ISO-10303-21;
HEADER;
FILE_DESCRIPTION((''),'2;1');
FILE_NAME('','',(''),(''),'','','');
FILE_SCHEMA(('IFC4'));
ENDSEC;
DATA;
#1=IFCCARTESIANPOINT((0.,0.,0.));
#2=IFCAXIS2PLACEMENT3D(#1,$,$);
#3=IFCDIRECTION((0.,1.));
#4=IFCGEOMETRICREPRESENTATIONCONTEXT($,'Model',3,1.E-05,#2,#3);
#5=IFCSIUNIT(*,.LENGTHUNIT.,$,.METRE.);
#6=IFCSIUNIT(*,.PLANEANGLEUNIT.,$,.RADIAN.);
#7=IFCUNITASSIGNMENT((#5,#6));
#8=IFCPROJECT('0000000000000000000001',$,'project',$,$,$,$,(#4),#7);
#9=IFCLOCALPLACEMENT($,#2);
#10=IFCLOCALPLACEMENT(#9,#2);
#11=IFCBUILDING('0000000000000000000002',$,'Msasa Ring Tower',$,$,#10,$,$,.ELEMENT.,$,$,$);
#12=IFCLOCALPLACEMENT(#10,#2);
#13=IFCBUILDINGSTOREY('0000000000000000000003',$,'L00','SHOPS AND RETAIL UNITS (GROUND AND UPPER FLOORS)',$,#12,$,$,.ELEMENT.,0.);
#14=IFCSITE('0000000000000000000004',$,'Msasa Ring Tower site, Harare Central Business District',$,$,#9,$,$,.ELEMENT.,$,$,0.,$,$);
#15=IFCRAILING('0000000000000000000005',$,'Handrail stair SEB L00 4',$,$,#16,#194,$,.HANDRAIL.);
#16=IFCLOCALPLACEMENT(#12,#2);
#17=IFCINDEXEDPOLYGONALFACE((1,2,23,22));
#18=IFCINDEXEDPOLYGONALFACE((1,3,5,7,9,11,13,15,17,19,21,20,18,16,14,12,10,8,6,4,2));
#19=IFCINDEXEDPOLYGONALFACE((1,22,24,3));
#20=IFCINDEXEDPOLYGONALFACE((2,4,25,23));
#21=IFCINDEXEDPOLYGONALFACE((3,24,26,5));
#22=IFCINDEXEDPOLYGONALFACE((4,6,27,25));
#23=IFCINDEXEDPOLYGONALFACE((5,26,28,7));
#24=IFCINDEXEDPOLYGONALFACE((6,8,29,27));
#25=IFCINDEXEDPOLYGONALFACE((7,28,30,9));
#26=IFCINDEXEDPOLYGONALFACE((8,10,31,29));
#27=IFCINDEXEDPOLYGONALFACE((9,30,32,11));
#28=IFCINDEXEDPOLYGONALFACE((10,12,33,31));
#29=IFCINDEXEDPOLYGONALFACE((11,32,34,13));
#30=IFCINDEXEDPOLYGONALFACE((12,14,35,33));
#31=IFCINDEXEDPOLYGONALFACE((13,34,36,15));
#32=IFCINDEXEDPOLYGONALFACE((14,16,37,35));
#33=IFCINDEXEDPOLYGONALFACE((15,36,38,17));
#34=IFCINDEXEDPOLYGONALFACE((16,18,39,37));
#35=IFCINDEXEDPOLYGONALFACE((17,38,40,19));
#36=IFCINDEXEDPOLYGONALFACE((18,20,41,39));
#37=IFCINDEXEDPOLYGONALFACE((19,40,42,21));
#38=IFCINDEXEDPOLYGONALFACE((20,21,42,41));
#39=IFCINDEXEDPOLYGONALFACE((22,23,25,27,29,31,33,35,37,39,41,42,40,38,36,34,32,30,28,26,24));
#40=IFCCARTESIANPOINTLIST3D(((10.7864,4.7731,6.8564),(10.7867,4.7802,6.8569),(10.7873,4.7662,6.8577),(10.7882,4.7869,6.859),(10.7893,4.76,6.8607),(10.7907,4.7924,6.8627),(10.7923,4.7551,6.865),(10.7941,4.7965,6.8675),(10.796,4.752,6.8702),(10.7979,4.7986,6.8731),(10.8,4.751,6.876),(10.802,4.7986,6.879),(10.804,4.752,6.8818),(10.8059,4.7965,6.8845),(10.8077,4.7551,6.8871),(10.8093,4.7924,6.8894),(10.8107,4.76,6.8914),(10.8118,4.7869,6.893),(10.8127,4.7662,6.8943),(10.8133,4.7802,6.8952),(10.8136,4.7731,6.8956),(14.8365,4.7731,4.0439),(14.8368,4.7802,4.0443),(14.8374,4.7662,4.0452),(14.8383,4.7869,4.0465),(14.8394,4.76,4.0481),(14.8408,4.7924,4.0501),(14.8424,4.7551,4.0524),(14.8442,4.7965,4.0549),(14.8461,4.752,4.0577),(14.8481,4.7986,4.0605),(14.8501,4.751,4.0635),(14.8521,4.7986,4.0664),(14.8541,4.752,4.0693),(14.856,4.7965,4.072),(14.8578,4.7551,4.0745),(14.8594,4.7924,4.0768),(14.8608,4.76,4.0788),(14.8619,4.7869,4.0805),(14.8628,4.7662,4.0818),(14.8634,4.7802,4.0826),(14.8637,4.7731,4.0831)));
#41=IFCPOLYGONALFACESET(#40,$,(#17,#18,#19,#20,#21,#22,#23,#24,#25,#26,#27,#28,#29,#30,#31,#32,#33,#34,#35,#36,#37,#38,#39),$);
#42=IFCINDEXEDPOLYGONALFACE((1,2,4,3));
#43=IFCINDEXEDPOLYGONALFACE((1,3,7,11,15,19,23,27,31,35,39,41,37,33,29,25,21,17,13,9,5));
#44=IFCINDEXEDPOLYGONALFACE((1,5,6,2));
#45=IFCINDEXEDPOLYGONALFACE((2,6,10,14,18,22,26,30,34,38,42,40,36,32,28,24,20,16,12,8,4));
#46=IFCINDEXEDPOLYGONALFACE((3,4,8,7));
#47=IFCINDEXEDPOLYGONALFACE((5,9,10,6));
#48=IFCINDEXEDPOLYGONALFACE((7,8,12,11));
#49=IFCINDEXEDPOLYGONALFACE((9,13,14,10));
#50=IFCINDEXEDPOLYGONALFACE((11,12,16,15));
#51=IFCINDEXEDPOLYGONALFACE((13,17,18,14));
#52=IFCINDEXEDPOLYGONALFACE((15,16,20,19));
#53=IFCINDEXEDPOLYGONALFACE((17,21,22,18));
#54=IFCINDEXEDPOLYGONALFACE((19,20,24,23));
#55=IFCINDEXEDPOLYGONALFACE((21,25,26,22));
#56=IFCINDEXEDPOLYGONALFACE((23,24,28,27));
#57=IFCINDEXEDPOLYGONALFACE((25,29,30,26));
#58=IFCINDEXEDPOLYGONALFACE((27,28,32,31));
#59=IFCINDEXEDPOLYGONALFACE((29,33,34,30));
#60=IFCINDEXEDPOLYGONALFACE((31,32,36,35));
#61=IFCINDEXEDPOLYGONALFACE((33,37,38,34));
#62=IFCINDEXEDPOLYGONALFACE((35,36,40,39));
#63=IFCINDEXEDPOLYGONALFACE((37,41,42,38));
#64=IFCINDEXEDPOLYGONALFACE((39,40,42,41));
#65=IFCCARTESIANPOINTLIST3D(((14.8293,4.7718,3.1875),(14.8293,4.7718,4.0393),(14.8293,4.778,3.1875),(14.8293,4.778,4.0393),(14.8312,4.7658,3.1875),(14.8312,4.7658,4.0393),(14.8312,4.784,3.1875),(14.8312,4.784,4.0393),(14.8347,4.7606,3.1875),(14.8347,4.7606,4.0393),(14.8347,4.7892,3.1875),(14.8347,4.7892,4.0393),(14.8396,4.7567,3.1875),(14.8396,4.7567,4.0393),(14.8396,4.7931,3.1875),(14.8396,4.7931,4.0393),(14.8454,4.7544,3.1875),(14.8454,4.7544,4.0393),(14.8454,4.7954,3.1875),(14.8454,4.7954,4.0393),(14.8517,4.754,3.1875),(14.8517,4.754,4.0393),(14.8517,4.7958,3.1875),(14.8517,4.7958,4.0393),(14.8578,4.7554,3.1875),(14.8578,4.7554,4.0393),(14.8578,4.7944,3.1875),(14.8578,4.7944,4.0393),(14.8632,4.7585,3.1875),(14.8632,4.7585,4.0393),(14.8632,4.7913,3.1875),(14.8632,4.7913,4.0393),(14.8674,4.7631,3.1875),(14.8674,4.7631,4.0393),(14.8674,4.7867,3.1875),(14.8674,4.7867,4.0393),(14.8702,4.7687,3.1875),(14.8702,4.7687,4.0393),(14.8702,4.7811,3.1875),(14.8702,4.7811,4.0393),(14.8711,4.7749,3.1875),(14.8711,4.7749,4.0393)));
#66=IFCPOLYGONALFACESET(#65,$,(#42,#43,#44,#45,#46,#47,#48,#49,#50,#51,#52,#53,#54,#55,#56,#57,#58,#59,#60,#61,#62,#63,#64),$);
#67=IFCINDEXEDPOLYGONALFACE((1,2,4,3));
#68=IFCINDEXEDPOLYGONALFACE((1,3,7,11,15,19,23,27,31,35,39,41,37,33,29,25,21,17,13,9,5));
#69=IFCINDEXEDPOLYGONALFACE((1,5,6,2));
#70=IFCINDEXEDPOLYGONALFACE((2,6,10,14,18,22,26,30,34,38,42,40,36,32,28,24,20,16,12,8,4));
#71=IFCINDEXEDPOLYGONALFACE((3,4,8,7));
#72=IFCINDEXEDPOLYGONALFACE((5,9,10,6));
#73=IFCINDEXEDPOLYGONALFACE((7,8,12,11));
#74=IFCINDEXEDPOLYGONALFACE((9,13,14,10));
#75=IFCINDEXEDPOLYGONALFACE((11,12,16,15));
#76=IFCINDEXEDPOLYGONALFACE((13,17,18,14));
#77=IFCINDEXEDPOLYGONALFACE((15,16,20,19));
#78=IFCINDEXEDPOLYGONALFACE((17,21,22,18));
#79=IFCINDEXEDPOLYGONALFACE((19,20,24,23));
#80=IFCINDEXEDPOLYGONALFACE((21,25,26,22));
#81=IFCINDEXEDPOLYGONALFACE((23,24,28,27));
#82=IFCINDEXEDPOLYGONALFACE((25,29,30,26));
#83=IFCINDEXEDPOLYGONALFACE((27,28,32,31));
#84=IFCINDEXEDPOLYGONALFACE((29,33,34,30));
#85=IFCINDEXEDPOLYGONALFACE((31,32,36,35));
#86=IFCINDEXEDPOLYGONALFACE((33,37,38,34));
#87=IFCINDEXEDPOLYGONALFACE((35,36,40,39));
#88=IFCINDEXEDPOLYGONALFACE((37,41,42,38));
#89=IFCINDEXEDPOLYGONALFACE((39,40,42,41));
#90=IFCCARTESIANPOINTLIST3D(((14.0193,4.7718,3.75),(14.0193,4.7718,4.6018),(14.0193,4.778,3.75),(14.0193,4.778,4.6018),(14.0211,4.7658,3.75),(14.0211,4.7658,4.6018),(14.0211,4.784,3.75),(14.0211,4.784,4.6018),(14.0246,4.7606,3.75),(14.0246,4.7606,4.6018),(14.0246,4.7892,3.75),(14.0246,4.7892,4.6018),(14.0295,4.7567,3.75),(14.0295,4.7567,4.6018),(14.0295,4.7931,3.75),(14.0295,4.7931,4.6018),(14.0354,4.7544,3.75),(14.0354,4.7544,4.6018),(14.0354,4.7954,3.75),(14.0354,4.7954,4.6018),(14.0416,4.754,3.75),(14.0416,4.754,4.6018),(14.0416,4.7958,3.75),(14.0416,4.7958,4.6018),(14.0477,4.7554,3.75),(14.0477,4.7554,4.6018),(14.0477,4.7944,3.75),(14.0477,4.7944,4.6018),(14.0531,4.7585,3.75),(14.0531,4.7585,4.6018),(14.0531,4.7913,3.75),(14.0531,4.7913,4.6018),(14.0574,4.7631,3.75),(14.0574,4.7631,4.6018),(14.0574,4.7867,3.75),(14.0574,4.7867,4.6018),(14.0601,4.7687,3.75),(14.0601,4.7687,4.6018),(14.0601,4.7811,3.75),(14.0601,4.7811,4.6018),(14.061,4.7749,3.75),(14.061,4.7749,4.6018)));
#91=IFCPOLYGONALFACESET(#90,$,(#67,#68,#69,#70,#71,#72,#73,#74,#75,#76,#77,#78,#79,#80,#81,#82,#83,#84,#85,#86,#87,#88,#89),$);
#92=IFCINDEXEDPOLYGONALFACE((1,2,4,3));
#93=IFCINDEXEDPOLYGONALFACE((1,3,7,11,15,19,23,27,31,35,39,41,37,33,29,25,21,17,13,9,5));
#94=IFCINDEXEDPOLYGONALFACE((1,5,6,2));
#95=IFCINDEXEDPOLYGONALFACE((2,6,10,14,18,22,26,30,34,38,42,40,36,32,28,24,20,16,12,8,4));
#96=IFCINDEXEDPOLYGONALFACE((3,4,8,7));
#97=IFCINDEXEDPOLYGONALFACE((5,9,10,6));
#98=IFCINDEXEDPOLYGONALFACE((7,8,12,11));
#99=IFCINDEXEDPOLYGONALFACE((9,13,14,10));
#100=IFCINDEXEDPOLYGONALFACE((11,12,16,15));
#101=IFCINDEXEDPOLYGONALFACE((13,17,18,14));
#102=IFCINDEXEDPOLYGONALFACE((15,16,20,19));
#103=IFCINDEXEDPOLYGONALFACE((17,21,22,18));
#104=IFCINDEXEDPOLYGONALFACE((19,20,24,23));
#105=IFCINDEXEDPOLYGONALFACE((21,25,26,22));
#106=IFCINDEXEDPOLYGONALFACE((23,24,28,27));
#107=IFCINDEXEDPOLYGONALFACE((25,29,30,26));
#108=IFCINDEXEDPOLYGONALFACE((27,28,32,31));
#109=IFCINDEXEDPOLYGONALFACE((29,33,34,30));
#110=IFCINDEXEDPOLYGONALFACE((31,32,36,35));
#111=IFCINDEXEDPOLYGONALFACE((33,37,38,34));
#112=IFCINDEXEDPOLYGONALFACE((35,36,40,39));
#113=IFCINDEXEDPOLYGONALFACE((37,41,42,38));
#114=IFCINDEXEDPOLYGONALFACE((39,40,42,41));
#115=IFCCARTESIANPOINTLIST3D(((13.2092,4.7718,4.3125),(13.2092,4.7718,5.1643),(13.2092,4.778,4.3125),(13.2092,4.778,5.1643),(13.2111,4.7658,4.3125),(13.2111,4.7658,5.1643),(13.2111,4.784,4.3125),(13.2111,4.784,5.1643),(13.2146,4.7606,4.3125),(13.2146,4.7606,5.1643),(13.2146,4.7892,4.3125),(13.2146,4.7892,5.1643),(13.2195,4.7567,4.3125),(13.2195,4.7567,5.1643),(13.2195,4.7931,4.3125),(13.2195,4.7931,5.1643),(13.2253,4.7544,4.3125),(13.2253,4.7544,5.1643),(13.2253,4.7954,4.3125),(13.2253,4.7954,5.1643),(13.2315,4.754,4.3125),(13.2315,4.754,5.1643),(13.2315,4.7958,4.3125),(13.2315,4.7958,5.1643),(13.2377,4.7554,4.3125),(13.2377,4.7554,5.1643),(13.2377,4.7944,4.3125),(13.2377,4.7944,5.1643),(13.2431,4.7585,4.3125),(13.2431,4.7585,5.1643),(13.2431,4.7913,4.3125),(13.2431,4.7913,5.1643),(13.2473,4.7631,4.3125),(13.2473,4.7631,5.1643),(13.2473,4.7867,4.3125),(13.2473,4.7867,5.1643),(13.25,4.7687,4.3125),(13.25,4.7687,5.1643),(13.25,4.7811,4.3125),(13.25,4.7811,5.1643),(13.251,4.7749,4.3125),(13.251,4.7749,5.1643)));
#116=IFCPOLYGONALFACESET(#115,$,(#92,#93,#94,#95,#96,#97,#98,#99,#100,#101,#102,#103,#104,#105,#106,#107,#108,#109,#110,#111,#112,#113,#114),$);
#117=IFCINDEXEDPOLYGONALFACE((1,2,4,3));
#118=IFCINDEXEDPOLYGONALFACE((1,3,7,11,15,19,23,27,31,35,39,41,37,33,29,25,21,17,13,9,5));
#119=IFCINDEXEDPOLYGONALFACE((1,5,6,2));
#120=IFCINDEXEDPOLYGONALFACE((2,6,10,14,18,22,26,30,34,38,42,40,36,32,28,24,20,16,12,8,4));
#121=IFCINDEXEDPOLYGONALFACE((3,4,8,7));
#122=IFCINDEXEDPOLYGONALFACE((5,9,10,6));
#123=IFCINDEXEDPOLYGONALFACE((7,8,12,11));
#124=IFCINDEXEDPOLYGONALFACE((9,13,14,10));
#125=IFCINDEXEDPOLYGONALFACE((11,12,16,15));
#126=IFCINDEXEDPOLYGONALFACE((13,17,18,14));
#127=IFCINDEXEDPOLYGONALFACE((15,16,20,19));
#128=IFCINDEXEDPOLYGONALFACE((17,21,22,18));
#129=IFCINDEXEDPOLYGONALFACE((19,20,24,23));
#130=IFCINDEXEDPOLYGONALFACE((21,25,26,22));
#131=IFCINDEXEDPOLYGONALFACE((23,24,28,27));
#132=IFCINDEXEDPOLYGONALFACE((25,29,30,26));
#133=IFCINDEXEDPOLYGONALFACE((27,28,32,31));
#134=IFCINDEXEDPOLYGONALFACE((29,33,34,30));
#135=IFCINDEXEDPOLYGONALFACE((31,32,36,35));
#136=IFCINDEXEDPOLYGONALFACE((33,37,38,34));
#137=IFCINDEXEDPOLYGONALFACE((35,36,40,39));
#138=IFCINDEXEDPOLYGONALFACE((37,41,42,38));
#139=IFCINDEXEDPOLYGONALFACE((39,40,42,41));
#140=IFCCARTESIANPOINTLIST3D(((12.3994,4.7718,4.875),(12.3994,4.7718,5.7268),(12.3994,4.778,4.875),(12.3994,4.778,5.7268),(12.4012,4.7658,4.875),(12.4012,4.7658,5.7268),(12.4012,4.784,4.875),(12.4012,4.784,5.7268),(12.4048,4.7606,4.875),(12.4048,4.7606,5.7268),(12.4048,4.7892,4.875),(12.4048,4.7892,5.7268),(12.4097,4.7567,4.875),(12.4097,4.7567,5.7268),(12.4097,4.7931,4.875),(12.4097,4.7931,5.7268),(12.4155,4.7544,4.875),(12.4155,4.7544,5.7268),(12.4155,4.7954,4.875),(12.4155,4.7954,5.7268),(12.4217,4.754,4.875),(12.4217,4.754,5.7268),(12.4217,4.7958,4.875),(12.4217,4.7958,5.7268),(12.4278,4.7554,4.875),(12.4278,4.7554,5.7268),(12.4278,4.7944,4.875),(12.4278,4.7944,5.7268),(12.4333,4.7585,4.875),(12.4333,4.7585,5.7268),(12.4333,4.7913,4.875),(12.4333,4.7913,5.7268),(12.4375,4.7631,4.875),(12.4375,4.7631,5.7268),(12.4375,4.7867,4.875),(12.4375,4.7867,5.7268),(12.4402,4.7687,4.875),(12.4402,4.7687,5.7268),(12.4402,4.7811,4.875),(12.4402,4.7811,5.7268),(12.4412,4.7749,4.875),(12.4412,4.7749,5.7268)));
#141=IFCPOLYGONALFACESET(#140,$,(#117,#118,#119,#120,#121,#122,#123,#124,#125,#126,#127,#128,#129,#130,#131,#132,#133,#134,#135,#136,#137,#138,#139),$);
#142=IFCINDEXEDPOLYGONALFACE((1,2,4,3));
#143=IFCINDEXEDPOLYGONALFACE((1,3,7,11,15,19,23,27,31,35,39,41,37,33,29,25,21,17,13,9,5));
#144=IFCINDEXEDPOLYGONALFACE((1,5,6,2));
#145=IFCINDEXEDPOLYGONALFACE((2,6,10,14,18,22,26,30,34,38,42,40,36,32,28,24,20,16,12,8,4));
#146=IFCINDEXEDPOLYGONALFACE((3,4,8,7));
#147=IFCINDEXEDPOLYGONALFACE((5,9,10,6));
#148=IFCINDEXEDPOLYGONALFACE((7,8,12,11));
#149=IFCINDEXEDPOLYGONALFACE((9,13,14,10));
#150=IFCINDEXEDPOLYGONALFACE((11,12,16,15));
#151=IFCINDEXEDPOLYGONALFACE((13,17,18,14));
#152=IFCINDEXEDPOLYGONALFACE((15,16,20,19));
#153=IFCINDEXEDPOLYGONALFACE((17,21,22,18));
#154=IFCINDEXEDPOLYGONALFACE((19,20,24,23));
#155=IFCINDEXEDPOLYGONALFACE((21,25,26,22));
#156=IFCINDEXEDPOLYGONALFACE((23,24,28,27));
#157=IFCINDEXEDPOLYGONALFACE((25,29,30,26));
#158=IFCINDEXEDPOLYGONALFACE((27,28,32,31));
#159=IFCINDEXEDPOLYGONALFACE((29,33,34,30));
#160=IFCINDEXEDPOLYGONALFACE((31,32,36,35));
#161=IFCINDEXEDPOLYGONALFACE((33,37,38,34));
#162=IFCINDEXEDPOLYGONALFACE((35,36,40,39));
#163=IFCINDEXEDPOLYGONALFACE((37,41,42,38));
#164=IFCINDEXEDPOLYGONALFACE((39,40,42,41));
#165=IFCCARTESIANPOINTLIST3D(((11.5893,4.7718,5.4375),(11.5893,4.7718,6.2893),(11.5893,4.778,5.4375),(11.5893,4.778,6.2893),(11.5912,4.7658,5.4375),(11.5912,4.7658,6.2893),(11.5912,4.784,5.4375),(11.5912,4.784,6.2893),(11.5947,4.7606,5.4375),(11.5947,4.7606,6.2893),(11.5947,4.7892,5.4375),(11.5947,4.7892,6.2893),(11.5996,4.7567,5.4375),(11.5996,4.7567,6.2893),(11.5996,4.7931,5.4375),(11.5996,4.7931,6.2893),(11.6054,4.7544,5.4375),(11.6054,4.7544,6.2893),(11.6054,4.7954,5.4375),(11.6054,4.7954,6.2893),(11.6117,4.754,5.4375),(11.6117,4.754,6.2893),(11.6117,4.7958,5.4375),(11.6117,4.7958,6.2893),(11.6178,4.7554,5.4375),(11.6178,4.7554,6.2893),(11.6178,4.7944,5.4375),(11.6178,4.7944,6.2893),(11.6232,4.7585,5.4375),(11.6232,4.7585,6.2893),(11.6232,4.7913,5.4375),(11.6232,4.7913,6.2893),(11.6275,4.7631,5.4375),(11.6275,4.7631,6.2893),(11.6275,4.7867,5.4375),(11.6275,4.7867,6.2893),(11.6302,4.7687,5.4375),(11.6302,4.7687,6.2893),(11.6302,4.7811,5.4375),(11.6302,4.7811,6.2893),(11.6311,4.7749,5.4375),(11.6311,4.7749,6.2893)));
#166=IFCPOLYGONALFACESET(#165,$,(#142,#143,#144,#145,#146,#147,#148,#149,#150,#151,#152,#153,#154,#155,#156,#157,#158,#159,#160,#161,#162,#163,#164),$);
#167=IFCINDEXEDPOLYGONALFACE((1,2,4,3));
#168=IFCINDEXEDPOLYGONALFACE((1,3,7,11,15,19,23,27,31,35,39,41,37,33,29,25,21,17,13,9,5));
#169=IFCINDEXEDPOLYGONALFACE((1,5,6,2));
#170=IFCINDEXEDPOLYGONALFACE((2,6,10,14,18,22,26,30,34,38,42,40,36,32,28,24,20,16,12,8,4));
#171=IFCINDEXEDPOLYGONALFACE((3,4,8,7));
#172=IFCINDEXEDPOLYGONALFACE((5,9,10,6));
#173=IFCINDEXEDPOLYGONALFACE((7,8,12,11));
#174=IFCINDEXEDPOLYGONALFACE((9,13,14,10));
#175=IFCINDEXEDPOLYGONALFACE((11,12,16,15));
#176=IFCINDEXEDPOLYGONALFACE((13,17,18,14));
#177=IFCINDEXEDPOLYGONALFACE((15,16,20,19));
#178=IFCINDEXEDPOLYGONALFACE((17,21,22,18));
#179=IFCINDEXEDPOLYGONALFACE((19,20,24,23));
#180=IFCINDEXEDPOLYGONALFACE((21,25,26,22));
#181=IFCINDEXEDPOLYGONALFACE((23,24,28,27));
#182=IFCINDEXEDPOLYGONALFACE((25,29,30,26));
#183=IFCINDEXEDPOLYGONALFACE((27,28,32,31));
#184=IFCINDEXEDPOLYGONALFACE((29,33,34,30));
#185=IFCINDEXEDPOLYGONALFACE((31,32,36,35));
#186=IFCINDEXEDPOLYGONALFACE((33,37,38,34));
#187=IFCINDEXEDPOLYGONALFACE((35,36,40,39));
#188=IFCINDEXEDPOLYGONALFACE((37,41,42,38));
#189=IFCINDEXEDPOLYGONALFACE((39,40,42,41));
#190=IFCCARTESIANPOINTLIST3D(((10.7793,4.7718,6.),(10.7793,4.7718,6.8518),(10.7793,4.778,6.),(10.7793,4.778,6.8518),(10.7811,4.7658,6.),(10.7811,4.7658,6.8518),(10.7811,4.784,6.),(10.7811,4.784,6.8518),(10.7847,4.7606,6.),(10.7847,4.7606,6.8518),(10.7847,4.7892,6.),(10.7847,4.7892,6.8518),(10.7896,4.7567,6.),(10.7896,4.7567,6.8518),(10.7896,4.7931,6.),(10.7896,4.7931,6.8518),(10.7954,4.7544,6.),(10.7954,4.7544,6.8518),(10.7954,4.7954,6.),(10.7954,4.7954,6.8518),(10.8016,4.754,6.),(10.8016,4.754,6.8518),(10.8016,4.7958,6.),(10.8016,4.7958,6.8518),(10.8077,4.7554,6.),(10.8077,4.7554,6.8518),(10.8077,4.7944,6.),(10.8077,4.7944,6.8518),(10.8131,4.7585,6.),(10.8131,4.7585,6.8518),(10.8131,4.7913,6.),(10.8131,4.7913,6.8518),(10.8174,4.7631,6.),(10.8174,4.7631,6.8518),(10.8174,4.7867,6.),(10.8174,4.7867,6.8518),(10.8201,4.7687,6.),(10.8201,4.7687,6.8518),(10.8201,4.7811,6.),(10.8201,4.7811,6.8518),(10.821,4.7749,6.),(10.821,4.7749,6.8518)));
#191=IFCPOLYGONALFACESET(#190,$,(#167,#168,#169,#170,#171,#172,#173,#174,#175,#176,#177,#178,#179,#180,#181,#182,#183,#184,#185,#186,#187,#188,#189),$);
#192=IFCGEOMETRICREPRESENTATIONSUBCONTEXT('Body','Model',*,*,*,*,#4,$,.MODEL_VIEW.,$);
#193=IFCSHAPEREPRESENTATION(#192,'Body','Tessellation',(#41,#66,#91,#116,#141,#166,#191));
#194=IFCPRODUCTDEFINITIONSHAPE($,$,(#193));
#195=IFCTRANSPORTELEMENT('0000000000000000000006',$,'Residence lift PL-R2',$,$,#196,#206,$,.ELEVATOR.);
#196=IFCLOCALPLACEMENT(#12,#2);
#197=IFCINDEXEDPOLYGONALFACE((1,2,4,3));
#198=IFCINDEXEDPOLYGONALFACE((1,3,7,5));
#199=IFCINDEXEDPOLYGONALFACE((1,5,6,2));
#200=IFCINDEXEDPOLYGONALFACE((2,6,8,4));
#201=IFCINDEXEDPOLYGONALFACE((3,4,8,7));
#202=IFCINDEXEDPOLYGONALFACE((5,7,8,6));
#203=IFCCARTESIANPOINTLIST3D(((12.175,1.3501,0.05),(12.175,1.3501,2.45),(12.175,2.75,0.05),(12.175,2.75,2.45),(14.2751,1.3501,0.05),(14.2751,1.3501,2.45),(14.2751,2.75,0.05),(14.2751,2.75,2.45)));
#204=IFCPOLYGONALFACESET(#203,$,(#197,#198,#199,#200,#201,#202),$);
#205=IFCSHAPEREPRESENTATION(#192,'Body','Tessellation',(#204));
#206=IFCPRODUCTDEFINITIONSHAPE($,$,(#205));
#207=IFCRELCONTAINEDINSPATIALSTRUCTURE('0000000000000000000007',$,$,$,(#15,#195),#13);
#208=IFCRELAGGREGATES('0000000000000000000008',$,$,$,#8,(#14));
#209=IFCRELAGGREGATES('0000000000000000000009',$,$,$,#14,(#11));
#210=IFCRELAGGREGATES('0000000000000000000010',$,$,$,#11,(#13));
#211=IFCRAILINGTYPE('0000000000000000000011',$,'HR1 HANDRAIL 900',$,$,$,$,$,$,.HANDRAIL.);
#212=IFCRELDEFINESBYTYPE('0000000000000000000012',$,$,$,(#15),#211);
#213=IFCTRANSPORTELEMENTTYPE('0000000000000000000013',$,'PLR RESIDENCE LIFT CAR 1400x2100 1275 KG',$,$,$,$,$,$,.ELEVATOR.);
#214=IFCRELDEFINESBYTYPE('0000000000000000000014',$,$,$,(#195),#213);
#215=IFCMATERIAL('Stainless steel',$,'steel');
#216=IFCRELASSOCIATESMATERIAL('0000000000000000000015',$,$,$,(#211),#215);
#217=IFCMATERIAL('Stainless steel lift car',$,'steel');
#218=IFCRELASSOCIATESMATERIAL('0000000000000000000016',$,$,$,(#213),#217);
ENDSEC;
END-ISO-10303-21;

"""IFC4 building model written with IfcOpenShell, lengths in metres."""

from ifc_helpers import new_model, si_unit, direction, frame, origin, origin_2d, place, context, subcontext, project, spatial, rectangle, circle, extrude, material, type_object, element, save


model = new_model("IFC4")

# Units and contexts
model_context = context("Model", 3, precision=1e-05, world=origin(), true_north=direction((0.0, 1.0)))
body_context = subcontext(model_context, "Body", "Model", "MODEL_VIEW")
ifc_project = project(units=[si_unit("LENGTHUNIT", "METRE"), si_unit("PLANEANGLEUNIT", "RADIAN")], contexts=[model_context])

# Site, building, storey
site_placement = place(None, origin())
site = spatial("IfcSite", under=ifc_project, at=site_placement, Name="Msasa Ring Tower site, Harare Central Business District", CompositionType="ELEMENT", RefElevation=0.0)
building_placement = place(site_placement, origin())
building = spatial("IfcBuilding", under=site, at=building_placement, Name="Msasa Ring Tower", CompositionType="ELEMENT")
storey_placement = place(building_placement, origin())
storey = spatial("IfcBuildingStorey", under=building, at=storey_placement, Name="L00", Description="SHOPS AND RETAIL UNITS (GROUND AND UPPER FLOORS)", CompositionType="ELEMENT", Elevation=0.0)

# Railing
ifc_material_1 = material(Name="Stainless steel", Category="steel")
railing_type = type_object("IfcRailingType", Name="HR1 HANDRAIL 900", PredefinedType="HANDRAIL", material=ifc_material_1)
for number, where, name in (
    (1, (14.8501, 4.7749, 3.1875), "Handrail stair SEB L00 4"),
):
    element("IfcRailing", number, at=place(storey_placement, frame(where)), inside=storey, type_object=railing_type, Name=name, PredefinedType="HANDRAIL", context=body_context, shape_type="SweptSolid", body=[
        extrude(circle(Radius=0.0239, at=origin_2d()), frame((0.0, 0.0, 0.876), z_axis=(-0.821373, 0.0, 0.570391), x_axis=(0.0, -1.0, 0.0)), (0.0, 0.0, 1.0), 4.9309),
        extrude(circle(Radius=0.021, at=origin_2d()), origin(), (0.0, 0.0, 1.0), 0.8518),
        extrude(circle(Radius=0.021, at=origin_2d()), frame((-0.8101, 0.0, 0.5625)), (0.0, 0.0, 1.0), 0.8518),
        extrude(circle(Radius=0.021, at=origin_2d()), frame((-1.6201, 0.0, 1.125)), (0.0, 0.0, 1.0), 0.8518),
        extrude(circle(Radius=0.021, at=origin_2d()), frame((-2.4299, 0.0, 1.6875)), (0.0, 0.0, 1.0), 0.8518),
        extrude(circle(Radius=0.021, at=origin_2d()), frame((-3.24, 0.0, 2.25)), (0.0, 0.0, 1.0), 0.8518),
        extrude(circle(Radius=0.021, at=origin_2d()), frame((-4.05, 0.0, 2.8125)), (0.0, 0.0, 1.0), 0.8518),
    ])

# Transport element
ifc_material_2 = material(Name="Stainless steel lift car", Category="steel")
transport_element_type = type_object("IfcTransportElementType", Name="PLR RESIDENCE LIFT CAR 1400x2100 1275 KG", PredefinedType="ELEVATOR", material=ifc_material_2)
transport_element_placement = place(storey_placement, frame((13.2251, 2.05, 0.05), z_axis=(0.0, 0.0, 1.0), x_axis=(1.0, 0.0, 0.0)))
element("IfcTransportElement", 2, at=transport_element_placement, inside=storey, type_object=transport_element_type, Name="Residence lift PL-R2", PredefinedType="ELEVATOR", context=body_context, shape_type="SweptSolid", body=[
    extrude(rectangle(XDim=2.1001, YDim=1.3999, at=origin_2d()), origin(), (0.0, 0.0, 1.0), 2.3999),
])

save(model, "model.ifc")
